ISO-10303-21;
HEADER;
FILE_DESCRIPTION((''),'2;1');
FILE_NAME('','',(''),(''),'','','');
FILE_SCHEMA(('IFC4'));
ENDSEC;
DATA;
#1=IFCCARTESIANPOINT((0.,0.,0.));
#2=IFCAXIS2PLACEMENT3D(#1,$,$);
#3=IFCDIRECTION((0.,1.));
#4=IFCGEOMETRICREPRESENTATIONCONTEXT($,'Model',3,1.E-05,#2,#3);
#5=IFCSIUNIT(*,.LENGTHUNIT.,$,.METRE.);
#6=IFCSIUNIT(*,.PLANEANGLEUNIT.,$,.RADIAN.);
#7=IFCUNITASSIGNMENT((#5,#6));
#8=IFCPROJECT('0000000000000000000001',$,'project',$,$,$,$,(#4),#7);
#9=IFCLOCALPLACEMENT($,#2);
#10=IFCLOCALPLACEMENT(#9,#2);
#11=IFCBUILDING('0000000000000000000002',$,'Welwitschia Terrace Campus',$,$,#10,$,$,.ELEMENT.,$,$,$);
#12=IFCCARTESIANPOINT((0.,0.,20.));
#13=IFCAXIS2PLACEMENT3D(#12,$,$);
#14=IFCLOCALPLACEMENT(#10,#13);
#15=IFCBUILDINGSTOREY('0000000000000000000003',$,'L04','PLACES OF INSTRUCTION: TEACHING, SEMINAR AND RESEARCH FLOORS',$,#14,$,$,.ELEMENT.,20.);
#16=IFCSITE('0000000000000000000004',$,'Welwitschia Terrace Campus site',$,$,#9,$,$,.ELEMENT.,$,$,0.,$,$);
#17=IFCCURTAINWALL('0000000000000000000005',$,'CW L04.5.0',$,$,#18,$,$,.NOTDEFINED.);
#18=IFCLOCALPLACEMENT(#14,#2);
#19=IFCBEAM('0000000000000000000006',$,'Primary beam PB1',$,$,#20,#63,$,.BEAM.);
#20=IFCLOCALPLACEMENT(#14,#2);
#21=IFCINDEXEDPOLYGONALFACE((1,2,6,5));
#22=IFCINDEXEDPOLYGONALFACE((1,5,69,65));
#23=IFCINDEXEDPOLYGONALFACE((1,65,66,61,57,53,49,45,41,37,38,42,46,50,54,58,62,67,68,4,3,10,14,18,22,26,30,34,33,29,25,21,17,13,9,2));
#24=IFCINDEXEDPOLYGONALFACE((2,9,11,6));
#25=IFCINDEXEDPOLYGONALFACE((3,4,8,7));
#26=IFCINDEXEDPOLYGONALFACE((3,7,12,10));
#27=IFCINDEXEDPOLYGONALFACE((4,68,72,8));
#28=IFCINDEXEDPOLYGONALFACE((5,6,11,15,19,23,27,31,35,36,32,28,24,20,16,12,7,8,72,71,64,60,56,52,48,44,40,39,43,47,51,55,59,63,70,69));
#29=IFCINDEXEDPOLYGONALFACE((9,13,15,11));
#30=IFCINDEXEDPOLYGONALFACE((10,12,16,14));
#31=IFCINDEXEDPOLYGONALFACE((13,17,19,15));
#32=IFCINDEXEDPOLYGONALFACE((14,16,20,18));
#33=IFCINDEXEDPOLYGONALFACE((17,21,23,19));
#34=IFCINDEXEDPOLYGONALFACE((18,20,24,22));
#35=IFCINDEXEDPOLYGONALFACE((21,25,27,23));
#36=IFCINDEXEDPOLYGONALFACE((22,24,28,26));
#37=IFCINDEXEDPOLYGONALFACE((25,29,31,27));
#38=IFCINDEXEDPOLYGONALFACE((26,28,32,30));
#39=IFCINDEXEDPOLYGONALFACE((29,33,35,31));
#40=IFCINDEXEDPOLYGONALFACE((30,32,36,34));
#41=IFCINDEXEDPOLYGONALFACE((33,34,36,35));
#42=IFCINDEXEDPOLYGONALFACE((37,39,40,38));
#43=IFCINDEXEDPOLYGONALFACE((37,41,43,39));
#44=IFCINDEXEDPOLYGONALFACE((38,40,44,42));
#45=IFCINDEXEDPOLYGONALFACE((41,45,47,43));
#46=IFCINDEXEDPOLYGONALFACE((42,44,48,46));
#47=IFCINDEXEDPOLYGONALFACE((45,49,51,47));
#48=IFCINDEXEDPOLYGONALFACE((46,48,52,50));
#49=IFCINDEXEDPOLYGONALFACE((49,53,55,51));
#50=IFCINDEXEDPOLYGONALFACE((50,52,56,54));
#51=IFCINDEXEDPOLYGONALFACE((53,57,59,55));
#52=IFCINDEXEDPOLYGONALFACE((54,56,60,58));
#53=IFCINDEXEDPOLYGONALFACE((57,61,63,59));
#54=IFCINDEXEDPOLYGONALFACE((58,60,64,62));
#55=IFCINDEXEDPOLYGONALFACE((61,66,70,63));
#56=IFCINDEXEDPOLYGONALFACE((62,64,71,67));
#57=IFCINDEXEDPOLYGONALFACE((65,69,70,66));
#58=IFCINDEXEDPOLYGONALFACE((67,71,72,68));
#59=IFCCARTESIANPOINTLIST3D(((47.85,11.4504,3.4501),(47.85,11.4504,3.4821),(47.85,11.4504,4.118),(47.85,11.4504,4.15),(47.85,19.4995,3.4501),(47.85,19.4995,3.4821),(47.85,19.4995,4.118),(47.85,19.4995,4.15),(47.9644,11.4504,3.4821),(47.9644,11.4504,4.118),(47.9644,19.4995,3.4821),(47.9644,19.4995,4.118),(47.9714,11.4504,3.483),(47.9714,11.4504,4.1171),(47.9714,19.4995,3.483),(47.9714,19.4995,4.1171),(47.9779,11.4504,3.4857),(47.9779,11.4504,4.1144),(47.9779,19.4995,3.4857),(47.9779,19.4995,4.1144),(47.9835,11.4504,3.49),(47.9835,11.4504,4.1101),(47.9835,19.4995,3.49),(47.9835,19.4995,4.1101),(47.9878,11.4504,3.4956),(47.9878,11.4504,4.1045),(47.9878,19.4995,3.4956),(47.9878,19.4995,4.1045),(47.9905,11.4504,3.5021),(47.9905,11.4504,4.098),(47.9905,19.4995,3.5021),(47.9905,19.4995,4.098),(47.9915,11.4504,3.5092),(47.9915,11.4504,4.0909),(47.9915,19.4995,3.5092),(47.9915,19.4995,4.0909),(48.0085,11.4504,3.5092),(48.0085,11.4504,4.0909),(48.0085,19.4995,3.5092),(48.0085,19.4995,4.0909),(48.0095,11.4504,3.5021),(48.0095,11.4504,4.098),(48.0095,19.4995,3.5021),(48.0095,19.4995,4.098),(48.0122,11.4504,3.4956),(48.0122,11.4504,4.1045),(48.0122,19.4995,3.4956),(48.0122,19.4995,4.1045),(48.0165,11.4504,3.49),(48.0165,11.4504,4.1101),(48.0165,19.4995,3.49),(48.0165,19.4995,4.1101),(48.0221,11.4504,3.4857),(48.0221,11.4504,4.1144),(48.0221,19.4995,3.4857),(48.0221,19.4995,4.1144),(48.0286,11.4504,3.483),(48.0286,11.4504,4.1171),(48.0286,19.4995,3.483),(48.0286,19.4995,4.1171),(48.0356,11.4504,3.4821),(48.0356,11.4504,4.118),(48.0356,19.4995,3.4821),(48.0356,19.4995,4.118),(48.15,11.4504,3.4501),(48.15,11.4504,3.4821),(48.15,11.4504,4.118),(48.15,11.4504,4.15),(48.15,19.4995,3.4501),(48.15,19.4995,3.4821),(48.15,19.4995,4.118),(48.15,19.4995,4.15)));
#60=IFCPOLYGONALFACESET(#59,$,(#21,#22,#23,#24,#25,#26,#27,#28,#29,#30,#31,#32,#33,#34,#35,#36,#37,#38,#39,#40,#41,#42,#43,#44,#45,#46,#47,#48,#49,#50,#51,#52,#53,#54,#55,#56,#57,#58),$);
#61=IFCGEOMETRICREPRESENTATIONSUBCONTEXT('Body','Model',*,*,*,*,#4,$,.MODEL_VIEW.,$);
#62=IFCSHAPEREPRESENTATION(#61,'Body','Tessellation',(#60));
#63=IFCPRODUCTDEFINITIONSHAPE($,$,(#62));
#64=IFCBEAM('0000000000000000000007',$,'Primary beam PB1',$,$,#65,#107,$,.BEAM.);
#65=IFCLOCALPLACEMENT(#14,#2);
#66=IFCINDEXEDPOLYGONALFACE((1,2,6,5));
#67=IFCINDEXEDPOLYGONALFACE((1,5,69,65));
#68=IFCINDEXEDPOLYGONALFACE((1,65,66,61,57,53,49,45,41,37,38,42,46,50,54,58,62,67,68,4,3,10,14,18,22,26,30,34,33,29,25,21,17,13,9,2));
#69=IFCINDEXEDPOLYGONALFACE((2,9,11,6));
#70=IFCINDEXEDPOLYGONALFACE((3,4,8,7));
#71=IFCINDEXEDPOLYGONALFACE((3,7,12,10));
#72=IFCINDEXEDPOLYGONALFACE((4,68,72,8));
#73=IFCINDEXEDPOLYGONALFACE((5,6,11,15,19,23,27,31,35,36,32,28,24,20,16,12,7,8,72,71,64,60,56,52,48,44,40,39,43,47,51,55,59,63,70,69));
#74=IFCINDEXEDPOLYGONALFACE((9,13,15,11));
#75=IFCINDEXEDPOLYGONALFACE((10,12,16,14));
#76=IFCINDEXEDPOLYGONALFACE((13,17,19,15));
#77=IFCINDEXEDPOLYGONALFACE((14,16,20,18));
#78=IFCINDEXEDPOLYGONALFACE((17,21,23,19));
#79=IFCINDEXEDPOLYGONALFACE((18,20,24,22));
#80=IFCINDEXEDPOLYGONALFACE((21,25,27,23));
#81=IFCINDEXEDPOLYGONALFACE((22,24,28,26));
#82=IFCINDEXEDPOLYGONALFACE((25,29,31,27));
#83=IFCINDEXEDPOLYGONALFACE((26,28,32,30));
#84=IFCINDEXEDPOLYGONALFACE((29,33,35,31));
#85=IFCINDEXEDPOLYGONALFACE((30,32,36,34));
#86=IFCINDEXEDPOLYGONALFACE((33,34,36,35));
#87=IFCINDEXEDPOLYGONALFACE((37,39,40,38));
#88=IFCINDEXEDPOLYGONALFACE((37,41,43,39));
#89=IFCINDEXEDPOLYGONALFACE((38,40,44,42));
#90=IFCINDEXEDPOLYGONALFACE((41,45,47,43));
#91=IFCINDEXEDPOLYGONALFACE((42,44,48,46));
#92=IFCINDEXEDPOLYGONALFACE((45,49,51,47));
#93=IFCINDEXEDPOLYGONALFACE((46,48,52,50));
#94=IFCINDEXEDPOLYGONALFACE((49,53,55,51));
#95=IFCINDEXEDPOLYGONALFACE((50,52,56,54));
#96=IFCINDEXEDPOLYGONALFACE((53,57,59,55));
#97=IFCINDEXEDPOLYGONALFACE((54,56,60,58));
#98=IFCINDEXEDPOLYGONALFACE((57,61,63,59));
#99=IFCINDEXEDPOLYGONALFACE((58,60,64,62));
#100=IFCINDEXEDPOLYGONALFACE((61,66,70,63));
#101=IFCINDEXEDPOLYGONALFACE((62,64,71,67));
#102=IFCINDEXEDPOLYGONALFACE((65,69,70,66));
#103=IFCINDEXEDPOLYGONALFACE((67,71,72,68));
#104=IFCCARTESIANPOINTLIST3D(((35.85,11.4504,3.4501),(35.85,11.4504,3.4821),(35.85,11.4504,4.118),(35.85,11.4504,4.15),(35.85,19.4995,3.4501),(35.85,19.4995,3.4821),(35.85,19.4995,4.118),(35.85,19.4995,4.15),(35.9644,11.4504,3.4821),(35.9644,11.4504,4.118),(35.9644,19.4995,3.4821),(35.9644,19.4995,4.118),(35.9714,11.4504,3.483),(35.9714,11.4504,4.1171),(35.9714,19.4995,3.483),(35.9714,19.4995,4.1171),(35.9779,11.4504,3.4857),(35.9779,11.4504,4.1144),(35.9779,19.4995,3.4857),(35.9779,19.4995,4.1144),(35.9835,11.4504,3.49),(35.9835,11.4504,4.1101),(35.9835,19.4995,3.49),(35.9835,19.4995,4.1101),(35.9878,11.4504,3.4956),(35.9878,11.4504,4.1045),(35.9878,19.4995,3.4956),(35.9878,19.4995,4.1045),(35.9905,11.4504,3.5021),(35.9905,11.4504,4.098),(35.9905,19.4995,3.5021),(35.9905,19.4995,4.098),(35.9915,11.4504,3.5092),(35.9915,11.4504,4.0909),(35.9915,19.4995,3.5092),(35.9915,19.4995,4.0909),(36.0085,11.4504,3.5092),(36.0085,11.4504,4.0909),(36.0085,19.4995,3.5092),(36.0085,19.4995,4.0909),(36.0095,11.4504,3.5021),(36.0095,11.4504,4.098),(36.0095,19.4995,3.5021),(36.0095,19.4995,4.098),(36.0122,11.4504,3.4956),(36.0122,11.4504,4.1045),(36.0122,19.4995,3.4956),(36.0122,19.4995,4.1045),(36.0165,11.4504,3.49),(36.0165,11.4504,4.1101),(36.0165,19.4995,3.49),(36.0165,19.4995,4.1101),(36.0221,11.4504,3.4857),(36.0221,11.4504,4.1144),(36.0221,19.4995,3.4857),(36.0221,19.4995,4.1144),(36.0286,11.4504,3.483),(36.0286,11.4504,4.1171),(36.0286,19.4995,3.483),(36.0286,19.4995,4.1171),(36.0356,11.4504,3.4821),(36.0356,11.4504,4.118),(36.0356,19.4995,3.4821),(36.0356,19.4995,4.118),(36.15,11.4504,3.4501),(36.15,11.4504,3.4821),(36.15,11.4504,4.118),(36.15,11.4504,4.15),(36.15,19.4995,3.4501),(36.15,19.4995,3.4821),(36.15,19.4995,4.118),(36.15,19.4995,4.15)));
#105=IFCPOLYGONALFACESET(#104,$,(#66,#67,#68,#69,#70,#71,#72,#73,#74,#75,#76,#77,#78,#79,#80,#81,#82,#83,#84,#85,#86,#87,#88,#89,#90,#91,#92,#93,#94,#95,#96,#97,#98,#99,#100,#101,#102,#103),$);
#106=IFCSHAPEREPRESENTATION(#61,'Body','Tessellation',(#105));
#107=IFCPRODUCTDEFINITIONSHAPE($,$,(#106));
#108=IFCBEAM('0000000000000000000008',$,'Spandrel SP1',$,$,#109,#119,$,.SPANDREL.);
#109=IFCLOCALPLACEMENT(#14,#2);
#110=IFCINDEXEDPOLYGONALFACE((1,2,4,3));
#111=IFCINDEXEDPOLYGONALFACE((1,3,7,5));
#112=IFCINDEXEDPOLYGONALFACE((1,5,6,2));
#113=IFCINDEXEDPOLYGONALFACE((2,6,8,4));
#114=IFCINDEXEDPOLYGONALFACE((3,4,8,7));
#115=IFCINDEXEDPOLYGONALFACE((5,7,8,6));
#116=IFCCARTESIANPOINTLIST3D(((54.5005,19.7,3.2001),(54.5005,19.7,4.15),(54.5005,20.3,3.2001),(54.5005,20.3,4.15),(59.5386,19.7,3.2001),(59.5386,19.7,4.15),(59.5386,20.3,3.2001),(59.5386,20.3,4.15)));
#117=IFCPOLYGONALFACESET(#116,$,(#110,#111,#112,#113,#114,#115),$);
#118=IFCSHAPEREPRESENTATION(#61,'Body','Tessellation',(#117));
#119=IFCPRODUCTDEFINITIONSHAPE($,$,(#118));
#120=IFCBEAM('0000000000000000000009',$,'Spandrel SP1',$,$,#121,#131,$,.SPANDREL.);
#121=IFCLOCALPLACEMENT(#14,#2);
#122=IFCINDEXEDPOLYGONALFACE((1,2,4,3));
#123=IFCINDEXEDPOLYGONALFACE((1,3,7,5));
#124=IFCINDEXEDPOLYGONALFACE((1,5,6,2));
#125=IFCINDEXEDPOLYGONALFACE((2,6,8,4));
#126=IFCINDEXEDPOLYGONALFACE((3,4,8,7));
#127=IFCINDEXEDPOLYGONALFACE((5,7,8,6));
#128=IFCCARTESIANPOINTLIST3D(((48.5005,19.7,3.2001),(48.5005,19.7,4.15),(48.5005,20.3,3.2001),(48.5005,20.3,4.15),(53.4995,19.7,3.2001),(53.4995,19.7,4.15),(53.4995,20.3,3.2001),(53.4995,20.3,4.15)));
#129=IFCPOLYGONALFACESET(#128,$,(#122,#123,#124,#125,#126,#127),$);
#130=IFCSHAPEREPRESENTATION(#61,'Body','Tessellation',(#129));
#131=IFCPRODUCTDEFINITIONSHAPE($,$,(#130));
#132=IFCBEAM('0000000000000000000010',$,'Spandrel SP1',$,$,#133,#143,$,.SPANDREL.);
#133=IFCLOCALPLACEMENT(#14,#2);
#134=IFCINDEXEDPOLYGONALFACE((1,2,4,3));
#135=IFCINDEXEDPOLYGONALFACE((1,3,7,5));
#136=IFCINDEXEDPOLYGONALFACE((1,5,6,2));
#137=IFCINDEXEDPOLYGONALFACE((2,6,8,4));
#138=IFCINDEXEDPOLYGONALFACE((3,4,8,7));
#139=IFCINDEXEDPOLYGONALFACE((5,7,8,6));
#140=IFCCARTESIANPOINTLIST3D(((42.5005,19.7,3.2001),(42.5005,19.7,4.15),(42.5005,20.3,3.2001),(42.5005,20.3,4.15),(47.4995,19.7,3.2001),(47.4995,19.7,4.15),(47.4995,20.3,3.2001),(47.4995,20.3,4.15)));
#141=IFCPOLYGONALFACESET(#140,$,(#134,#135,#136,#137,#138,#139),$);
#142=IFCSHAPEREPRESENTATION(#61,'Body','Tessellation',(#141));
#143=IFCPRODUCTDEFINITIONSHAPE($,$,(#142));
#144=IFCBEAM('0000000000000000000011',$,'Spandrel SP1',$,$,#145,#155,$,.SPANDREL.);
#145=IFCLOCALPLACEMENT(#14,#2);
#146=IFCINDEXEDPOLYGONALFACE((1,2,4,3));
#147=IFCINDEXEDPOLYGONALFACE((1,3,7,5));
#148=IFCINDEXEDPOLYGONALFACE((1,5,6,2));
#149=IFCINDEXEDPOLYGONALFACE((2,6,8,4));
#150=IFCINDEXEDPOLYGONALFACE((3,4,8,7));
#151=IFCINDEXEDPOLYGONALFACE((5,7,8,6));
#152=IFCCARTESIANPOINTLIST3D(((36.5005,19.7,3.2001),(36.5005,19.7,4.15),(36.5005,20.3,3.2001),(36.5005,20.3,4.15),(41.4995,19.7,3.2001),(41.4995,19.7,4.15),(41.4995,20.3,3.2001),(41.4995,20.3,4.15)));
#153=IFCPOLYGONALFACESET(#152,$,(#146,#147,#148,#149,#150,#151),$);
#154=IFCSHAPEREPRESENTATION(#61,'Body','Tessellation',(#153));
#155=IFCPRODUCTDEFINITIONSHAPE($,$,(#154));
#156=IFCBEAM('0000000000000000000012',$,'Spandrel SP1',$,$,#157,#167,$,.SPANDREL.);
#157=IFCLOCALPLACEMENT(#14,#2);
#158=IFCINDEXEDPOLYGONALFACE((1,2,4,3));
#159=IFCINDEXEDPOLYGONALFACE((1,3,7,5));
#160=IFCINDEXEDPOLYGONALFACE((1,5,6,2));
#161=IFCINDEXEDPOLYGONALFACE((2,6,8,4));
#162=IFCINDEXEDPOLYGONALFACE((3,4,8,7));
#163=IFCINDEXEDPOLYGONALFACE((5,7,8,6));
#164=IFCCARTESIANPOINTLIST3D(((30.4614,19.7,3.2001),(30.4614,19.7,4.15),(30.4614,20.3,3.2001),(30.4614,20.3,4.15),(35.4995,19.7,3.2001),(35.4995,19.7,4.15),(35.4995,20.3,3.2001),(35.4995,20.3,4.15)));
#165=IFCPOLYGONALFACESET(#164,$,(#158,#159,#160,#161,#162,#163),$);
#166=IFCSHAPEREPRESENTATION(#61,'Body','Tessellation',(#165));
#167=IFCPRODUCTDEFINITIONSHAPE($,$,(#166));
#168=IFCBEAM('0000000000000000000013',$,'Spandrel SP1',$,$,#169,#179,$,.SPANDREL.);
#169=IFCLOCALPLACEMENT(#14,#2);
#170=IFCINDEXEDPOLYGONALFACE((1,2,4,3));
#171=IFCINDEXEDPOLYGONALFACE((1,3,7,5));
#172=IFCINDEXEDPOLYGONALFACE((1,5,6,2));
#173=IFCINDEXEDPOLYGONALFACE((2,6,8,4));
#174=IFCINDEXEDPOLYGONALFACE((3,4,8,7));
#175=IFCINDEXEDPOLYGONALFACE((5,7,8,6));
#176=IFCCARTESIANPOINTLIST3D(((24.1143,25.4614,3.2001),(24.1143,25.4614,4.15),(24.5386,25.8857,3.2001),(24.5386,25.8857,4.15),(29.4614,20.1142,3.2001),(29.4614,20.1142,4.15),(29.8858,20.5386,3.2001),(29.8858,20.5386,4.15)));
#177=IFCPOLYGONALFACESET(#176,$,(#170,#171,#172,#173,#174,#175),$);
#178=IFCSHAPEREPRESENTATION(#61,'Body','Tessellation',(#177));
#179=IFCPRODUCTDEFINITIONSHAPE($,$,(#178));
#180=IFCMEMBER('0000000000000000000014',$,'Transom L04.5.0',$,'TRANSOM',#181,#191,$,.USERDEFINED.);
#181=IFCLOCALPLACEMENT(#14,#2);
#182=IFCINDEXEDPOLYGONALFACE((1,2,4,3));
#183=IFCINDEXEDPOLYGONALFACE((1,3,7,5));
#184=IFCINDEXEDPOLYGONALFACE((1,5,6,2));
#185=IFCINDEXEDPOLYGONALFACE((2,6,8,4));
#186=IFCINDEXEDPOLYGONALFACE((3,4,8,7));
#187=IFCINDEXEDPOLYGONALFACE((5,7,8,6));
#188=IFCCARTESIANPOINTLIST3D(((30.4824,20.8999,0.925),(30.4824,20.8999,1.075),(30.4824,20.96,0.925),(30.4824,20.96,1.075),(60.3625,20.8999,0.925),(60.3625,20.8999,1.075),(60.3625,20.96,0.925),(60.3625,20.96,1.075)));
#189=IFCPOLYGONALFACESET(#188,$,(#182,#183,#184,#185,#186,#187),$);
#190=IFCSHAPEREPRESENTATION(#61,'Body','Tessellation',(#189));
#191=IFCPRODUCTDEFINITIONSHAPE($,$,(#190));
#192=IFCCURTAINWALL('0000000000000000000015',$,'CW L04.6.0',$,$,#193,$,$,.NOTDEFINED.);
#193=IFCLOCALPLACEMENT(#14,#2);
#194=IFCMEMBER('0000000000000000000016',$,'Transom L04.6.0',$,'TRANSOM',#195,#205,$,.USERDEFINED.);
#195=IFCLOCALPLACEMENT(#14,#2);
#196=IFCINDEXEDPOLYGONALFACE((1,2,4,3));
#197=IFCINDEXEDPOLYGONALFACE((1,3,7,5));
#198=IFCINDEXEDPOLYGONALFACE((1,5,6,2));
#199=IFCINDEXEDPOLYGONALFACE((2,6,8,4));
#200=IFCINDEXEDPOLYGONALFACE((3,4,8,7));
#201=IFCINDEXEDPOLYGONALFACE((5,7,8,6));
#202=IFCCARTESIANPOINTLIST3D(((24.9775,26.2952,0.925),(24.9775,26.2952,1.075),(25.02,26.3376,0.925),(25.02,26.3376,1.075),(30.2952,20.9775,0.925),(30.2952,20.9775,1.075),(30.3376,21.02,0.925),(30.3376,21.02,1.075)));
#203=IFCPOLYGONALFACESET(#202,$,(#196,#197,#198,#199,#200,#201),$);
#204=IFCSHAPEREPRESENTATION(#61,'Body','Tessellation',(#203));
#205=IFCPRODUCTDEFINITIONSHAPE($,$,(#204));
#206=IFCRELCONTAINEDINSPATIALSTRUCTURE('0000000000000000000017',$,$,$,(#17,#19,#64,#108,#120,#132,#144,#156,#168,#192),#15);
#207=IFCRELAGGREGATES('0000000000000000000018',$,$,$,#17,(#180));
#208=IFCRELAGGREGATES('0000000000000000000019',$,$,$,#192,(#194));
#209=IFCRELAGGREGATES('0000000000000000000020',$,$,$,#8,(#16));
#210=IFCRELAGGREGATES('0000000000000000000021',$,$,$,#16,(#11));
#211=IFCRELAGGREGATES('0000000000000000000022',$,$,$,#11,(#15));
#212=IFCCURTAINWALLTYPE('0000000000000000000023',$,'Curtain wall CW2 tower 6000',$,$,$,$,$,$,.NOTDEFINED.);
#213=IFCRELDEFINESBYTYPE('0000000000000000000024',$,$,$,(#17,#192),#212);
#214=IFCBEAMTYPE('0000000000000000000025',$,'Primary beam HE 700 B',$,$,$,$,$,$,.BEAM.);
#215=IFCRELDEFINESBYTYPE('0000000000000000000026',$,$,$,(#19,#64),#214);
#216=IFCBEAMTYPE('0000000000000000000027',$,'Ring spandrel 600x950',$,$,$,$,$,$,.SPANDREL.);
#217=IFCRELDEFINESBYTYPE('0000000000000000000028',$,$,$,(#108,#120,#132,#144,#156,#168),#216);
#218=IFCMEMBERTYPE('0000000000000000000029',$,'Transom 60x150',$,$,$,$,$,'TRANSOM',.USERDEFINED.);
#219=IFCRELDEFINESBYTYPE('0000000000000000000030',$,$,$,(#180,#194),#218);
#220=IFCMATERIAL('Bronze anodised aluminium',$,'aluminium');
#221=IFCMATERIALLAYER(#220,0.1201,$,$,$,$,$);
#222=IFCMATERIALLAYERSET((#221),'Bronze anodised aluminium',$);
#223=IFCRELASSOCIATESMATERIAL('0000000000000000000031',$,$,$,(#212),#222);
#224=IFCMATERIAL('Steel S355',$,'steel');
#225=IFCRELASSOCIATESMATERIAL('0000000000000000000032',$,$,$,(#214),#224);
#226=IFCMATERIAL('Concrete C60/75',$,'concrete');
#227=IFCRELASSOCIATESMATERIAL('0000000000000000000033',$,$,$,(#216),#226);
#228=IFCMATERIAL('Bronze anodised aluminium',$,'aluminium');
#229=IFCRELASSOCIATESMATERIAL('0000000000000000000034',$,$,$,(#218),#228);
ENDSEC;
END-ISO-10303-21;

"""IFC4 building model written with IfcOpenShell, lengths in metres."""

from ifc_helpers import new_model, si_unit, direction, frame, origin, origin_2d, place, context, subcontext, project, spatial, rectangle, i_section, extrude, material, layer, layer_set, material_profile, profile_set, type_object, element, aggregate, save


model = new_model("IFC4")

# Units and contexts
model_context = context("Model", 3, precision=1e-05, world=origin(), true_north=direction((0.0, 1.0)))
body_context = subcontext(model_context, "Body", "Model", "MODEL_VIEW")
ifc_project = project(units=[si_unit("LENGTHUNIT", "METRE"), si_unit("PLANEANGLEUNIT", "RADIAN")], contexts=[model_context])

# Site, building, storey
site_placement = place(None, origin())
site = spatial("IfcSite", under=ifc_project, at=site_placement, Name="Welwitschia Terrace Campus site", CompositionType="ELEMENT", RefElevation=0.0)
building_placement = place(site_placement, origin())
building = spatial("IfcBuilding", under=site, at=building_placement, Name="Welwitschia Terrace Campus", CompositionType="ELEMENT")
storey_placement = place(building_placement, frame((0.0, 0.0, 20.0)))
storey = spatial("IfcBuildingStorey", under=building, at=storey_placement, Name="L04", Description="PLACES OF INSTRUCTION: TEACHING, SEMINAR AND RESEARCH FLOORS", CompositionType="ELEMENT", Elevation=20.0)

# Shared definitions
ifc_material_1 = material(Name="Bronze anodised aluminium", Category="aluminium")
ifc_layer_1 = layer(ifc_material_1, 0.1201)
ifc_layer_set_1 = layer_set([ifc_layer_1], Name="Bronze anodised aluminium")
curtain_wall_type = type_object("IfcCurtainWallType", Name="Curtain wall CW2 tower 6000", PredefinedType="NOTDEFINED", material=ifc_layer_set_1)

# Curtain wall
curtain_wall_1_placement = place(storey_placement, origin())
curtain_wall_1 = element("IfcCurtainWall", 1, at=curtain_wall_1_placement, inside=storey, type_object=curtain_wall_type, Name="CW L04.5.0", PredefinedType="NOTDEFINED")

# Beams
ifc_material_2 = material(Name="Steel S355", Category="steel")
ifc_material_profile_1 = material_profile(ifc_material_2, i_section(OverallWidth=0.3, OverallDepth=0.7, WebThickness=0.0171, FlangeThickness=0.032, FilletRadius=0.0271, at=origin_2d()))
ifc_profile_set_1 = profile_set([ifc_material_profile_1], Name="Steel S355")
beam_type_1 = type_object("IfcBeamType", Name="Primary beam HE 700 B", PredefinedType="BEAM", material=ifc_profile_set_1)
for number, where, z_axis, x_axis, name in (
    (2, (48.0, 19.4995, 3.8), (0.0, -1.0, 0.0), (1.0, 0.0, 0.0), "Primary beam PB1"),
    (3, (36.0, 19.4995, 3.8), (0.0, -1.0, 0.0), (1.0, 0.0, 0.0), "Primary beam PB1"),
):
    element("IfcBeam", number, at=place(storey_placement, frame(where, z_axis=z_axis, x_axis=x_axis)), inside=storey, type_object=beam_type_1, Name=name, PredefinedType="BEAM", context=body_context, shape_type="SweptSolid", body=[
        extrude(i_section(OverallWidth=0.3, OverallDepth=0.7, WebThickness=0.0171, FlangeThickness=0.032, FilletRadius=0.0271, at=origin_2d()), origin(), (0.0, 0.0, 1.0), 8.0491),
    ])
ifc_material_3 = material(Name="Concrete C60/75", Category="concrete")
ifc_material_profile_2 = material_profile(ifc_material_3, rectangle(XDim=0.6001, YDim=0.95, at=origin_2d()))
ifc_profile_set_2 = profile_set([ifc_material_profile_2], Name="Concrete C60/75")
beam_type_2 = type_object("IfcBeamType", Name="Ring spandrel 600x950", PredefinedType="SPANDREL", material=ifc_profile_set_2)
beam_1_placement = place(storey_placement, frame((59.5386, 20.0, 3.675), z_axis=(-1.0, 0.0, 0.0), x_axis=(0.0, -1.0, 0.0)))
element("IfcBeam", 4, at=beam_1_placement, inside=storey, type_object=beam_type_2, Name="Spandrel SP1", PredefinedType="SPANDREL", context=body_context, shape_type="SweptSolid", body=[
    extrude(rectangle(XDim=0.6001, YDim=0.95, at=origin_2d()), origin(), (0.0, 0.0, 1.0), 5.0381),
])
for number, where, z_axis, x_axis, name in (
    (5, (53.4995, 20.0, 3.675), (-1.0, 0.0, 0.0), (0.0, -1.0, 0.0), "Spandrel SP1"),
    (6, (47.4995, 20.0, 3.675), (-1.0, 0.0, 0.0), (0.0, -1.0, 0.0), "Spandrel SP1"),
    (7, (41.4995, 20.0, 3.675), (-1.0, 0.0, 0.0), (0.0, -1.0, 0.0), "Spandrel SP1"),
):
    element("IfcBeam", number, at=place(storey_placement, frame(where, z_axis=z_axis, x_axis=x_axis)), inside=storey, type_object=beam_type_2, Name=name, PredefinedType="SPANDREL", context=body_context, shape_type="SweptSolid", body=[
        extrude(rectangle(XDim=0.6001, YDim=0.95, at=origin_2d()), origin(), (0.0, 0.0, 1.0), 4.999),
    ])
beam_2_placement = place(storey_placement, frame((35.4995, 20.0, 3.675), z_axis=(-1.0, 0.0, 0.0), x_axis=(0.0, -1.0, 0.0)))
element("IfcBeam", 8, at=beam_2_placement, inside=storey, type_object=beam_type_2, Name="Spandrel SP1", PredefinedType="SPANDREL", context=body_context, shape_type="SweptSolid", body=[
    extrude(rectangle(XDim=0.6001, YDim=0.95, at=origin_2d()), origin(), (0.0, 0.0, 1.0), 5.0381),
])
beam_3_placement = place(storey_placement, frame((29.6736, 20.3264, 3.675), z_axis=(-0.707107, 0.707107, 0.0), x_axis=(-0.707107, -0.707107, 0.0)))
element("IfcBeam", 9, at=beam_3_placement, inside=storey, type_object=beam_type_2, Name="Spandrel SP1", PredefinedType="SPANDREL", context=body_context, shape_type="SweptSolid", body=[
    extrude(rectangle(XDim=0.6001, YDim=0.95, at=origin_2d()), origin(), (0.0, 0.0, 1.0), 7.562),
])

# Member
ifc_material_4 = material(Name="Bronze anodised aluminium", Category="aluminium")
ifc_material_profile_3 = material_profile(ifc_material_4, rectangle(XDim=0.0601, YDim=0.1499, at=origin_2d()))
ifc_profile_set_3 = profile_set([ifc_material_profile_3], Name="Bronze anodised aluminium")
member_type_1 = type_object("IfcMemberType", Name="Transom 60x150", ElementType="TRANSOM", PredefinedType="USERDEFINED", material=ifc_profile_set_3)
member_1_placement = place(storey_placement, frame((60.3625, 20.9299, 1.0), z_axis=(-1.0, 0.0, 0.0), x_axis=(0.0, -1.0, 0.0)))
member_1 = element("IfcMember", 10, at=member_1_placement, type_object=member_type_1, Name="Transom L04.5.0", ObjectType="TRANSOM", PredefinedType="USERDEFINED", context=body_context, shape_type="SweptSolid", body=[
    extrude(rectangle(XDim=0.0601, YDim=0.1499, at=origin_2d()), origin(), (0.0, 0.0, 1.0), 29.8801),
])
aggregate(curtain_wall_1, [member_1])

# Curtain wall, member
curtain_wall_2_placement = place(storey_placement, origin())
curtain_wall_2 = element("IfcCurtainWall", 11, at=curtain_wall_2_placement, inside=storey, type_object=curtain_wall_type, Name="CW L04.6.0", PredefinedType="NOTDEFINED")
member_2_placement = place(storey_placement, frame((30.3164, 20.9988, 1.0), z_axis=(-0.707107, 0.707107, 0.0), x_axis=(-0.707107, -0.707107, 0.0)))
member_2 = element("IfcMember", 12, at=member_2_placement, type_object=member_type_1, Name="Transom L04.6.0", ObjectType="TRANSOM", PredefinedType="USERDEFINED", context=body_context, shape_type="SweptSolid", body=[
    extrude(rectangle(XDim=0.0601, YDim=0.1499, at=origin_2d()), origin(), (0.0, 0.0, 1.0), 7.5203),
])
aggregate(curtain_wall_2, [member_2])

save(model, "model.ifc")
